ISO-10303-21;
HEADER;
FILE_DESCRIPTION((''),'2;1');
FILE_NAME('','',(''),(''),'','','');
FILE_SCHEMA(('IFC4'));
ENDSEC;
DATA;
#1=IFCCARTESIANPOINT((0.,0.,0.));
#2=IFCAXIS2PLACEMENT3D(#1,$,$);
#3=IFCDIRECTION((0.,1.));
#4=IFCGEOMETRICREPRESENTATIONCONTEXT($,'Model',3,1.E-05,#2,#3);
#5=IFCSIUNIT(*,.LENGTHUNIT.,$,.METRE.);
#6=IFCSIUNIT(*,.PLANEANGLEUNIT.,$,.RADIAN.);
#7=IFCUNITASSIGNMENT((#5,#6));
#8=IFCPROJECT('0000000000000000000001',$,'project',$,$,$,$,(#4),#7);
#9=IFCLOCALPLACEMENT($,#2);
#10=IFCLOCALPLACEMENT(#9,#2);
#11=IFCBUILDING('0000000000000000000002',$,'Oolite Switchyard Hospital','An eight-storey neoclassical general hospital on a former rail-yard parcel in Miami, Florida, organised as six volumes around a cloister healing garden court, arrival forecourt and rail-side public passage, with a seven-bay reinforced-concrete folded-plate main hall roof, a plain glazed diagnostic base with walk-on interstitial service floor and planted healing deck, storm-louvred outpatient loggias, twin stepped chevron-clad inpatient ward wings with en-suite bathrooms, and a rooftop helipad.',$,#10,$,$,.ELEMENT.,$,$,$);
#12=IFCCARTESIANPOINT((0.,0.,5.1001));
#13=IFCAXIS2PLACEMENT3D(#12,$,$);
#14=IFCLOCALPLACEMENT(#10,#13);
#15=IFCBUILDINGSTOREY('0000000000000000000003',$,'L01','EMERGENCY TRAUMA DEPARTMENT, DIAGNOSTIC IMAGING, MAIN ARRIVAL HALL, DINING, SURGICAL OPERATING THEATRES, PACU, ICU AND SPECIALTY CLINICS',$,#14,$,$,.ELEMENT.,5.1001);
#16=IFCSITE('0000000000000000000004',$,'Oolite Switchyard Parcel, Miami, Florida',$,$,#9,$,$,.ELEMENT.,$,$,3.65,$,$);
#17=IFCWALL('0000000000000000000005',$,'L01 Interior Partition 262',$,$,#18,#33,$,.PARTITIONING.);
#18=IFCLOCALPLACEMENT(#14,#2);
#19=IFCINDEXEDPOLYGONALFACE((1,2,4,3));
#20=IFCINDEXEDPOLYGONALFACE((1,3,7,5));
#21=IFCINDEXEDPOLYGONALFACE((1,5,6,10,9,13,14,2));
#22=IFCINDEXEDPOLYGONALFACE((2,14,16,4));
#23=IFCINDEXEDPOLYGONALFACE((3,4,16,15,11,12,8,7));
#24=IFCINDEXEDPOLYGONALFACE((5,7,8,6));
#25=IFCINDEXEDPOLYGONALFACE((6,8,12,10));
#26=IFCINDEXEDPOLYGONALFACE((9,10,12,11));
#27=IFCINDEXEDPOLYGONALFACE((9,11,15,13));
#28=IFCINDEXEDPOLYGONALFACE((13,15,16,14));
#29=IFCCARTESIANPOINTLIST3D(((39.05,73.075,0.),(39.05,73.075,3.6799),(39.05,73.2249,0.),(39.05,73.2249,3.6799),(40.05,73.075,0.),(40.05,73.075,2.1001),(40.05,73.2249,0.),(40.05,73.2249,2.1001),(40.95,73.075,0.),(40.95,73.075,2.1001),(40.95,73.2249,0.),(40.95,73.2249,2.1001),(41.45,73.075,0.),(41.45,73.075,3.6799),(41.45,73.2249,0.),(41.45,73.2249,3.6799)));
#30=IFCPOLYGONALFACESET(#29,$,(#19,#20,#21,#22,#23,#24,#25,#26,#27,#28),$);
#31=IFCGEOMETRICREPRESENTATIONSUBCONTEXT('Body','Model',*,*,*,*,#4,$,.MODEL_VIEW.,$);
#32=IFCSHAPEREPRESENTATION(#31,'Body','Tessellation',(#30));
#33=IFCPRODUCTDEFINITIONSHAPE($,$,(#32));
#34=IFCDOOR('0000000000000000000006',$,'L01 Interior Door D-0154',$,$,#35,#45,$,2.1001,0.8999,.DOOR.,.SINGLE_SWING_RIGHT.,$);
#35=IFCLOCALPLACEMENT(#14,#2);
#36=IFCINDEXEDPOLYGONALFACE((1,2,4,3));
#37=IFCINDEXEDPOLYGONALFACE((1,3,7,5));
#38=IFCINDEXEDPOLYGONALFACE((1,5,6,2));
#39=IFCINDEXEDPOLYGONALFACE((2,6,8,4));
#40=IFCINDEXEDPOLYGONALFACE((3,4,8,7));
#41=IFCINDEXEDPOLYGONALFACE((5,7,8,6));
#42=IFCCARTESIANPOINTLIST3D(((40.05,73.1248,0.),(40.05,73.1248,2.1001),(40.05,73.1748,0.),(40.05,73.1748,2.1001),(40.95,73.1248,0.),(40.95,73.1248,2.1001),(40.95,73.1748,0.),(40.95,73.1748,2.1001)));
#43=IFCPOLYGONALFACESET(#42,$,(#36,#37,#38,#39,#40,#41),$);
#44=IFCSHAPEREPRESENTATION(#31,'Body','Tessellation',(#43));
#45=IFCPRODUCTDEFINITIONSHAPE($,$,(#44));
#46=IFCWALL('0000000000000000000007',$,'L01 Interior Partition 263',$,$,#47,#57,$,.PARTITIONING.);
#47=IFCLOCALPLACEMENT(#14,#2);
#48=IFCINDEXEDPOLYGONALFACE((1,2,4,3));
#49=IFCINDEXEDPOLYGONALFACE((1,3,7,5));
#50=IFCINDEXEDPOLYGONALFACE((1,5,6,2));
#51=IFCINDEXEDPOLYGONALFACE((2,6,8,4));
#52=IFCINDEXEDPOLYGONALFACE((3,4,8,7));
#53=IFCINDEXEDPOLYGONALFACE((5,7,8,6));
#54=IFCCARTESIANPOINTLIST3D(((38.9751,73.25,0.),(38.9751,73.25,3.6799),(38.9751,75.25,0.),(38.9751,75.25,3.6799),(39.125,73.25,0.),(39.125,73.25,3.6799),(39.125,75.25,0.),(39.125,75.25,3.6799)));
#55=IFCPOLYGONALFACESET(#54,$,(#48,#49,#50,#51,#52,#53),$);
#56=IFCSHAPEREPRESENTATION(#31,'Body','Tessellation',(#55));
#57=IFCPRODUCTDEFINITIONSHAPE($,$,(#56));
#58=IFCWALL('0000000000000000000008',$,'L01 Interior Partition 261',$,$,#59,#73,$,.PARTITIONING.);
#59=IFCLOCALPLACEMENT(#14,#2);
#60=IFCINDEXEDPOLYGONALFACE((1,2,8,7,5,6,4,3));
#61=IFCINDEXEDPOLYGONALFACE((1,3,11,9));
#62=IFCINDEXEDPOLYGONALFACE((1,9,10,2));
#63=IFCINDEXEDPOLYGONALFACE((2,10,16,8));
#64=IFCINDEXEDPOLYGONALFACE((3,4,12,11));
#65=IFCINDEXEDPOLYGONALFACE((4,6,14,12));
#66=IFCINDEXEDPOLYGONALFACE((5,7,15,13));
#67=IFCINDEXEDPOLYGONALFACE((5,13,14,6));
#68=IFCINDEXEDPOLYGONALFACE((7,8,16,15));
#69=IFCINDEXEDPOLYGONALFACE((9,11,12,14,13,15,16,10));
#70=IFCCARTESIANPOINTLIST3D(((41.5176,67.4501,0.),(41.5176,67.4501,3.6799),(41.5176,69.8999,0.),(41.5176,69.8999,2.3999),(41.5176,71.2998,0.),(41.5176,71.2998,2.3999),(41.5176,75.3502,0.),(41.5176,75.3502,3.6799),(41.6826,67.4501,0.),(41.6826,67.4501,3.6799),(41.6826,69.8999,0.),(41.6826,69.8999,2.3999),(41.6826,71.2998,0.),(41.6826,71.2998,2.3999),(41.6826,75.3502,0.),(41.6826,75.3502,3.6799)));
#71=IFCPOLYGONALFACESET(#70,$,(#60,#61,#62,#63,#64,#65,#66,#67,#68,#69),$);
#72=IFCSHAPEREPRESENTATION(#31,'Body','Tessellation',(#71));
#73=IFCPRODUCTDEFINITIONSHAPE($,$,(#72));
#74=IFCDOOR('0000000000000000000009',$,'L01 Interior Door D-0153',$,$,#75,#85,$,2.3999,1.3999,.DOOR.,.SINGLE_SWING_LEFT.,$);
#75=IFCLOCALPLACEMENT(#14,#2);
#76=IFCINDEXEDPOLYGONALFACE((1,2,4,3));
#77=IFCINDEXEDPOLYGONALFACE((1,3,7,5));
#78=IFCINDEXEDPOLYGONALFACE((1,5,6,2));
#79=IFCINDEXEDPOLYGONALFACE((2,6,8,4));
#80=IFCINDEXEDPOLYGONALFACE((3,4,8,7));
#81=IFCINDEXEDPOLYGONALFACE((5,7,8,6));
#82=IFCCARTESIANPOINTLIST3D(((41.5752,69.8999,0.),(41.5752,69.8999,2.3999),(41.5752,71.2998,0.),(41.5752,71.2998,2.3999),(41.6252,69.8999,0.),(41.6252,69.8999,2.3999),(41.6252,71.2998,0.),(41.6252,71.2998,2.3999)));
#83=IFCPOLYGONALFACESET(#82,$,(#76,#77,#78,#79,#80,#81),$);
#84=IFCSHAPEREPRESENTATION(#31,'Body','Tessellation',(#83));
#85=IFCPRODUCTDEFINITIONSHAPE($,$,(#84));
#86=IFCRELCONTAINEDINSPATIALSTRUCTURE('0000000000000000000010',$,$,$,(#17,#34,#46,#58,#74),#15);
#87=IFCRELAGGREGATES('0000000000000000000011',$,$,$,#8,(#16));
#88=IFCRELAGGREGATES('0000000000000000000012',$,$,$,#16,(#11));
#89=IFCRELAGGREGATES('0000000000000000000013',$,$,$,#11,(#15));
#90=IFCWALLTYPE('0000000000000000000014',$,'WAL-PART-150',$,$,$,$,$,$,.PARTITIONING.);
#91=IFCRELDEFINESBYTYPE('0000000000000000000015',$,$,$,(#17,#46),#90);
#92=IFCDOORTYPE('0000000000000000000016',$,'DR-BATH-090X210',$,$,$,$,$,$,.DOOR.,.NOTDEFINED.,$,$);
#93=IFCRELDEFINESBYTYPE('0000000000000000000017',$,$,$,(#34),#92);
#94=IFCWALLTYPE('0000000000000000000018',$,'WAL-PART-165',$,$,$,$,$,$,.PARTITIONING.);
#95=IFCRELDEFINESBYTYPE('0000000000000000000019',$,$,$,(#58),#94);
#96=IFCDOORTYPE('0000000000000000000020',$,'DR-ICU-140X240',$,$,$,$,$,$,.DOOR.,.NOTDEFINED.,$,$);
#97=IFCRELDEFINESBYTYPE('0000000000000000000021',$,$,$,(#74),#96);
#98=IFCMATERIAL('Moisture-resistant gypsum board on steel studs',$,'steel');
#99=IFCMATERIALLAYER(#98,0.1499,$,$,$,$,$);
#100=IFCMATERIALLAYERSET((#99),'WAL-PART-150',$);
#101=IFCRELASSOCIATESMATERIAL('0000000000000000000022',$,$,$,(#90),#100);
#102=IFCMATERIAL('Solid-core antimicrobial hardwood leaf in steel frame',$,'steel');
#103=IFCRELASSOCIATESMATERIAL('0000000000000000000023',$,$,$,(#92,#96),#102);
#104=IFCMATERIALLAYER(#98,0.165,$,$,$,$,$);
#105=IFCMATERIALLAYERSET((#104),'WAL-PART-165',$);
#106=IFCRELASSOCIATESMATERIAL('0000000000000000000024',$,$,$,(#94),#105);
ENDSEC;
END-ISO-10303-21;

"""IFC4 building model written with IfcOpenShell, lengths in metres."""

from ifc_helpers import new_model, si_unit, direction, frame, frame_2d, origin, place, context, subcontext, project, spatial, rectangle, extrude, material, layer, layer_set, type_object, element, fill, save


model = new_model("IFC4")

# Units and contexts
model_context = context("Model", 3, precision=1e-05, world=origin(), true_north=direction((0.0, 1.0)))
body_context = subcontext(model_context, "Body", "Model", "MODEL_VIEW")
ifc_project = project(units=[si_unit("LENGTHUNIT", "METRE"), si_unit("PLANEANGLEUNIT", "RADIAN")], contexts=[model_context])

# Site, building, storey
site_placement = place(None, origin())
site = spatial("IfcSite", under=ifc_project, at=site_placement, Name="Oolite Switchyard Parcel, Miami, Florida", CompositionType="ELEMENT", RefElevation=3.65)
building_placement = place(site_placement, origin())
building = spatial("IfcBuilding", under=site, at=building_placement, Name="Oolite Switchyard Hospital", Description="An eight-storey neoclassical general hospital on a former rail-yard parcel in Miami, Florida, organised as six volumes around a cloister healing garden court, arrival forecourt and rail-side public passage, with a seven-bay reinforced-concrete folded-plate main hall roof, a plain glazed diagnostic base with walk-on interstitial service floor and planted healing deck, storm-louvred outpatient loggias, twin stepped chevron-clad inpatient ward wings with en-suite bathrooms, and a rooftop helipad.", CompositionType="ELEMENT")
storey_placement = place(building_placement, frame((0.0, 0.0, 5.1001)))
storey = spatial("IfcBuildingStorey", under=building, at=storey_placement, Name="L01", Description="EMERGENCY TRAUMA DEPARTMENT, DIAGNOSTIC IMAGING, MAIN ARRIVAL HALL, DINING, SURGICAL OPERATING THEATRES, PACU, ICU AND SPECIALTY CLINICS", CompositionType="ELEMENT", Elevation=5.1001)

# Shared definitions
ifc_material_1 = material(Name="Moisture-resistant gypsum board on steel studs", Category="steel")

# Wall, opening, door
ifc_layer_1 = layer(ifc_material_1, 0.1499)
ifc_layer_set_1 = layer_set([ifc_layer_1], Name="WAL-PART-150")
wall_type_1 = type_object("IfcWallType", Name="WAL-PART-150", PredefinedType="PARTITIONING", material=ifc_layer_set_1)
wall_1_placement = place(storey_placement, frame((39.05, 73.1499, 0.0), z_axis=(0.0, 0.0, 1.0), x_axis=(1.0, 0.0, 0.0)))
wall_1 = element("IfcWall", 1, at=wall_1_placement, inside=storey, type_object=wall_type_1, Name="L01 Interior Partition 262", PredefinedType="PARTITIONING", context=body_context, shape_type="SweptSolid", body=[
    extrude(rectangle(XDim=2.3999, YDim=0.1499, at=frame_2d((1.2, 0.0))), origin(), (0.0, 0.0, 1.0), 3.6799),
])
opening_1_placement = place(wall_1_placement, frame((1.0, 0.0, 0.0)))
opening_1 = element("IfcOpeningElement", 2, at=opening_1_placement, cuts=wall_1, PredefinedType="OPENING", context=body_context, shape_type="SweptSolid", body=[
    extrude(rectangle(XDim=0.8999, YDim=2.1001, at=frame_2d((0.45, 1.05))), frame((0.0, 0.085, 0.0), z_axis=(0.0, -1.0, 0.0), x_axis=(1.0, 0.0, 0.0)), (0.0, 0.0, 1.0), 0.1699),
])
ifc_material_2 = material(Name="Solid-core antimicrobial hardwood leaf in steel frame", Category="steel")
door_type_1 = type_object("IfcDoorType", Name="DR-BATH-090X210", OperationType="NOTDEFINED", PredefinedType="DOOR", material=ifc_material_2)
door_1_placement = place(opening_1_placement, origin())
door_1 = element("IfcDoor", 3, at=door_1_placement, inside=storey, type_object=door_type_1, Name="L01 Interior Door D-0154", OperationType="SINGLE_SWING_RIGHT", OverallHeight=2.1001, OverallWidth=0.8999, PredefinedType="DOOR", context=body_context, shape_type="SweptSolid", body=[
    extrude(rectangle(XDim=0.8999, YDim=2.1001, at=frame_2d((0.45, 1.05))), frame((0.0, 0.0249, 0.0), z_axis=(0.0, -1.0, 0.0), x_axis=(1.0, 0.0, 0.0)), (0.0, 0.0, 1.0), 0.05),
])
fill(opening_1, door_1)

# Wall
wall_2_placement = place(storey_placement, frame((39.05, 73.25, 0.0), z_axis=(0.0, 0.0, 1.0), x_axis=(0.0, 1.0, 0.0)))
element("IfcWall", 4, at=wall_2_placement, inside=storey, type_object=wall_type_1, Name="L01 Interior Partition 263", PredefinedType="PARTITIONING", context=body_context, shape_type="SweptSolid", body=[
    extrude(rectangle(XDim=2.0, YDim=0.1499, at=frame_2d((1.0, 0.0))), origin(), (0.0, 0.0, 1.0), 3.6799),
])

# Wall, opening, door
ifc_layer_2 = layer(ifc_material_1, 0.165)
ifc_layer_set_2 = layer_set([ifc_layer_2], Name="WAL-PART-165")
wall_type_2 = type_object("IfcWallType", Name="WAL-PART-165", PredefinedType="PARTITIONING", material=ifc_layer_set_2)
wall_3_placement = place(storey_placement, frame((41.6001, 67.45, 0.0), z_axis=(0.0, 0.0, 1.0), x_axis=(0.0, 1.0, 0.0)))
wall_3 = element("IfcWall", 5, at=wall_3_placement, inside=storey, type_object=wall_type_2, Name="L01 Interior Partition 261", PredefinedType="PARTITIONING", context=body_context, shape_type="SweptSolid", body=[
    extrude(rectangle(XDim=7.9001, YDim=0.165, at=frame_2d((3.9502, 0.0))), origin(), (0.0, 0.0, 1.0), 3.6799),
])
opening_2_placement = place(wall_3_placement, frame((2.45, 0.0, 0.0)))
opening_2 = element("IfcOpeningElement", 6, at=opening_2_placement, cuts=wall_3, PredefinedType="OPENING", context=body_context, shape_type="SweptSolid", body=[
    extrude(rectangle(XDim=1.3999, YDim=2.3999, at=frame_2d((0.7, 1.2))), frame((0.0, 0.0925, 0.0), z_axis=(0.0, -1.0, 0.0), x_axis=(1.0, 0.0, 0.0)), (0.0, 0.0, 1.0), 0.1851),
])
door_type_2 = type_object("IfcDoorType", Name="DR-ICU-140X240", OperationType="NOTDEFINED", PredefinedType="DOOR", material=ifc_material_2)
door_2_placement = place(opening_2_placement, origin())
door_2 = element("IfcDoor", 7, at=door_2_placement, inside=storey, type_object=door_type_2, Name="L01 Interior Door D-0153", OperationType="SINGLE_SWING_LEFT", OverallHeight=2.3999, OverallWidth=1.3999, PredefinedType="DOOR", context=body_context, shape_type="SweptSolid", body=[
    extrude(rectangle(XDim=1.3999, YDim=2.3999, at=frame_2d((0.7, 1.2))), frame((0.0, 0.0249, 0.0), z_axis=(0.0, -1.0, 0.0), x_axis=(1.0, 0.0, 0.0)), (0.0, 0.0, 1.0), 0.05),
])
fill(opening_2, door_2)

save(model, "model.ifc")
